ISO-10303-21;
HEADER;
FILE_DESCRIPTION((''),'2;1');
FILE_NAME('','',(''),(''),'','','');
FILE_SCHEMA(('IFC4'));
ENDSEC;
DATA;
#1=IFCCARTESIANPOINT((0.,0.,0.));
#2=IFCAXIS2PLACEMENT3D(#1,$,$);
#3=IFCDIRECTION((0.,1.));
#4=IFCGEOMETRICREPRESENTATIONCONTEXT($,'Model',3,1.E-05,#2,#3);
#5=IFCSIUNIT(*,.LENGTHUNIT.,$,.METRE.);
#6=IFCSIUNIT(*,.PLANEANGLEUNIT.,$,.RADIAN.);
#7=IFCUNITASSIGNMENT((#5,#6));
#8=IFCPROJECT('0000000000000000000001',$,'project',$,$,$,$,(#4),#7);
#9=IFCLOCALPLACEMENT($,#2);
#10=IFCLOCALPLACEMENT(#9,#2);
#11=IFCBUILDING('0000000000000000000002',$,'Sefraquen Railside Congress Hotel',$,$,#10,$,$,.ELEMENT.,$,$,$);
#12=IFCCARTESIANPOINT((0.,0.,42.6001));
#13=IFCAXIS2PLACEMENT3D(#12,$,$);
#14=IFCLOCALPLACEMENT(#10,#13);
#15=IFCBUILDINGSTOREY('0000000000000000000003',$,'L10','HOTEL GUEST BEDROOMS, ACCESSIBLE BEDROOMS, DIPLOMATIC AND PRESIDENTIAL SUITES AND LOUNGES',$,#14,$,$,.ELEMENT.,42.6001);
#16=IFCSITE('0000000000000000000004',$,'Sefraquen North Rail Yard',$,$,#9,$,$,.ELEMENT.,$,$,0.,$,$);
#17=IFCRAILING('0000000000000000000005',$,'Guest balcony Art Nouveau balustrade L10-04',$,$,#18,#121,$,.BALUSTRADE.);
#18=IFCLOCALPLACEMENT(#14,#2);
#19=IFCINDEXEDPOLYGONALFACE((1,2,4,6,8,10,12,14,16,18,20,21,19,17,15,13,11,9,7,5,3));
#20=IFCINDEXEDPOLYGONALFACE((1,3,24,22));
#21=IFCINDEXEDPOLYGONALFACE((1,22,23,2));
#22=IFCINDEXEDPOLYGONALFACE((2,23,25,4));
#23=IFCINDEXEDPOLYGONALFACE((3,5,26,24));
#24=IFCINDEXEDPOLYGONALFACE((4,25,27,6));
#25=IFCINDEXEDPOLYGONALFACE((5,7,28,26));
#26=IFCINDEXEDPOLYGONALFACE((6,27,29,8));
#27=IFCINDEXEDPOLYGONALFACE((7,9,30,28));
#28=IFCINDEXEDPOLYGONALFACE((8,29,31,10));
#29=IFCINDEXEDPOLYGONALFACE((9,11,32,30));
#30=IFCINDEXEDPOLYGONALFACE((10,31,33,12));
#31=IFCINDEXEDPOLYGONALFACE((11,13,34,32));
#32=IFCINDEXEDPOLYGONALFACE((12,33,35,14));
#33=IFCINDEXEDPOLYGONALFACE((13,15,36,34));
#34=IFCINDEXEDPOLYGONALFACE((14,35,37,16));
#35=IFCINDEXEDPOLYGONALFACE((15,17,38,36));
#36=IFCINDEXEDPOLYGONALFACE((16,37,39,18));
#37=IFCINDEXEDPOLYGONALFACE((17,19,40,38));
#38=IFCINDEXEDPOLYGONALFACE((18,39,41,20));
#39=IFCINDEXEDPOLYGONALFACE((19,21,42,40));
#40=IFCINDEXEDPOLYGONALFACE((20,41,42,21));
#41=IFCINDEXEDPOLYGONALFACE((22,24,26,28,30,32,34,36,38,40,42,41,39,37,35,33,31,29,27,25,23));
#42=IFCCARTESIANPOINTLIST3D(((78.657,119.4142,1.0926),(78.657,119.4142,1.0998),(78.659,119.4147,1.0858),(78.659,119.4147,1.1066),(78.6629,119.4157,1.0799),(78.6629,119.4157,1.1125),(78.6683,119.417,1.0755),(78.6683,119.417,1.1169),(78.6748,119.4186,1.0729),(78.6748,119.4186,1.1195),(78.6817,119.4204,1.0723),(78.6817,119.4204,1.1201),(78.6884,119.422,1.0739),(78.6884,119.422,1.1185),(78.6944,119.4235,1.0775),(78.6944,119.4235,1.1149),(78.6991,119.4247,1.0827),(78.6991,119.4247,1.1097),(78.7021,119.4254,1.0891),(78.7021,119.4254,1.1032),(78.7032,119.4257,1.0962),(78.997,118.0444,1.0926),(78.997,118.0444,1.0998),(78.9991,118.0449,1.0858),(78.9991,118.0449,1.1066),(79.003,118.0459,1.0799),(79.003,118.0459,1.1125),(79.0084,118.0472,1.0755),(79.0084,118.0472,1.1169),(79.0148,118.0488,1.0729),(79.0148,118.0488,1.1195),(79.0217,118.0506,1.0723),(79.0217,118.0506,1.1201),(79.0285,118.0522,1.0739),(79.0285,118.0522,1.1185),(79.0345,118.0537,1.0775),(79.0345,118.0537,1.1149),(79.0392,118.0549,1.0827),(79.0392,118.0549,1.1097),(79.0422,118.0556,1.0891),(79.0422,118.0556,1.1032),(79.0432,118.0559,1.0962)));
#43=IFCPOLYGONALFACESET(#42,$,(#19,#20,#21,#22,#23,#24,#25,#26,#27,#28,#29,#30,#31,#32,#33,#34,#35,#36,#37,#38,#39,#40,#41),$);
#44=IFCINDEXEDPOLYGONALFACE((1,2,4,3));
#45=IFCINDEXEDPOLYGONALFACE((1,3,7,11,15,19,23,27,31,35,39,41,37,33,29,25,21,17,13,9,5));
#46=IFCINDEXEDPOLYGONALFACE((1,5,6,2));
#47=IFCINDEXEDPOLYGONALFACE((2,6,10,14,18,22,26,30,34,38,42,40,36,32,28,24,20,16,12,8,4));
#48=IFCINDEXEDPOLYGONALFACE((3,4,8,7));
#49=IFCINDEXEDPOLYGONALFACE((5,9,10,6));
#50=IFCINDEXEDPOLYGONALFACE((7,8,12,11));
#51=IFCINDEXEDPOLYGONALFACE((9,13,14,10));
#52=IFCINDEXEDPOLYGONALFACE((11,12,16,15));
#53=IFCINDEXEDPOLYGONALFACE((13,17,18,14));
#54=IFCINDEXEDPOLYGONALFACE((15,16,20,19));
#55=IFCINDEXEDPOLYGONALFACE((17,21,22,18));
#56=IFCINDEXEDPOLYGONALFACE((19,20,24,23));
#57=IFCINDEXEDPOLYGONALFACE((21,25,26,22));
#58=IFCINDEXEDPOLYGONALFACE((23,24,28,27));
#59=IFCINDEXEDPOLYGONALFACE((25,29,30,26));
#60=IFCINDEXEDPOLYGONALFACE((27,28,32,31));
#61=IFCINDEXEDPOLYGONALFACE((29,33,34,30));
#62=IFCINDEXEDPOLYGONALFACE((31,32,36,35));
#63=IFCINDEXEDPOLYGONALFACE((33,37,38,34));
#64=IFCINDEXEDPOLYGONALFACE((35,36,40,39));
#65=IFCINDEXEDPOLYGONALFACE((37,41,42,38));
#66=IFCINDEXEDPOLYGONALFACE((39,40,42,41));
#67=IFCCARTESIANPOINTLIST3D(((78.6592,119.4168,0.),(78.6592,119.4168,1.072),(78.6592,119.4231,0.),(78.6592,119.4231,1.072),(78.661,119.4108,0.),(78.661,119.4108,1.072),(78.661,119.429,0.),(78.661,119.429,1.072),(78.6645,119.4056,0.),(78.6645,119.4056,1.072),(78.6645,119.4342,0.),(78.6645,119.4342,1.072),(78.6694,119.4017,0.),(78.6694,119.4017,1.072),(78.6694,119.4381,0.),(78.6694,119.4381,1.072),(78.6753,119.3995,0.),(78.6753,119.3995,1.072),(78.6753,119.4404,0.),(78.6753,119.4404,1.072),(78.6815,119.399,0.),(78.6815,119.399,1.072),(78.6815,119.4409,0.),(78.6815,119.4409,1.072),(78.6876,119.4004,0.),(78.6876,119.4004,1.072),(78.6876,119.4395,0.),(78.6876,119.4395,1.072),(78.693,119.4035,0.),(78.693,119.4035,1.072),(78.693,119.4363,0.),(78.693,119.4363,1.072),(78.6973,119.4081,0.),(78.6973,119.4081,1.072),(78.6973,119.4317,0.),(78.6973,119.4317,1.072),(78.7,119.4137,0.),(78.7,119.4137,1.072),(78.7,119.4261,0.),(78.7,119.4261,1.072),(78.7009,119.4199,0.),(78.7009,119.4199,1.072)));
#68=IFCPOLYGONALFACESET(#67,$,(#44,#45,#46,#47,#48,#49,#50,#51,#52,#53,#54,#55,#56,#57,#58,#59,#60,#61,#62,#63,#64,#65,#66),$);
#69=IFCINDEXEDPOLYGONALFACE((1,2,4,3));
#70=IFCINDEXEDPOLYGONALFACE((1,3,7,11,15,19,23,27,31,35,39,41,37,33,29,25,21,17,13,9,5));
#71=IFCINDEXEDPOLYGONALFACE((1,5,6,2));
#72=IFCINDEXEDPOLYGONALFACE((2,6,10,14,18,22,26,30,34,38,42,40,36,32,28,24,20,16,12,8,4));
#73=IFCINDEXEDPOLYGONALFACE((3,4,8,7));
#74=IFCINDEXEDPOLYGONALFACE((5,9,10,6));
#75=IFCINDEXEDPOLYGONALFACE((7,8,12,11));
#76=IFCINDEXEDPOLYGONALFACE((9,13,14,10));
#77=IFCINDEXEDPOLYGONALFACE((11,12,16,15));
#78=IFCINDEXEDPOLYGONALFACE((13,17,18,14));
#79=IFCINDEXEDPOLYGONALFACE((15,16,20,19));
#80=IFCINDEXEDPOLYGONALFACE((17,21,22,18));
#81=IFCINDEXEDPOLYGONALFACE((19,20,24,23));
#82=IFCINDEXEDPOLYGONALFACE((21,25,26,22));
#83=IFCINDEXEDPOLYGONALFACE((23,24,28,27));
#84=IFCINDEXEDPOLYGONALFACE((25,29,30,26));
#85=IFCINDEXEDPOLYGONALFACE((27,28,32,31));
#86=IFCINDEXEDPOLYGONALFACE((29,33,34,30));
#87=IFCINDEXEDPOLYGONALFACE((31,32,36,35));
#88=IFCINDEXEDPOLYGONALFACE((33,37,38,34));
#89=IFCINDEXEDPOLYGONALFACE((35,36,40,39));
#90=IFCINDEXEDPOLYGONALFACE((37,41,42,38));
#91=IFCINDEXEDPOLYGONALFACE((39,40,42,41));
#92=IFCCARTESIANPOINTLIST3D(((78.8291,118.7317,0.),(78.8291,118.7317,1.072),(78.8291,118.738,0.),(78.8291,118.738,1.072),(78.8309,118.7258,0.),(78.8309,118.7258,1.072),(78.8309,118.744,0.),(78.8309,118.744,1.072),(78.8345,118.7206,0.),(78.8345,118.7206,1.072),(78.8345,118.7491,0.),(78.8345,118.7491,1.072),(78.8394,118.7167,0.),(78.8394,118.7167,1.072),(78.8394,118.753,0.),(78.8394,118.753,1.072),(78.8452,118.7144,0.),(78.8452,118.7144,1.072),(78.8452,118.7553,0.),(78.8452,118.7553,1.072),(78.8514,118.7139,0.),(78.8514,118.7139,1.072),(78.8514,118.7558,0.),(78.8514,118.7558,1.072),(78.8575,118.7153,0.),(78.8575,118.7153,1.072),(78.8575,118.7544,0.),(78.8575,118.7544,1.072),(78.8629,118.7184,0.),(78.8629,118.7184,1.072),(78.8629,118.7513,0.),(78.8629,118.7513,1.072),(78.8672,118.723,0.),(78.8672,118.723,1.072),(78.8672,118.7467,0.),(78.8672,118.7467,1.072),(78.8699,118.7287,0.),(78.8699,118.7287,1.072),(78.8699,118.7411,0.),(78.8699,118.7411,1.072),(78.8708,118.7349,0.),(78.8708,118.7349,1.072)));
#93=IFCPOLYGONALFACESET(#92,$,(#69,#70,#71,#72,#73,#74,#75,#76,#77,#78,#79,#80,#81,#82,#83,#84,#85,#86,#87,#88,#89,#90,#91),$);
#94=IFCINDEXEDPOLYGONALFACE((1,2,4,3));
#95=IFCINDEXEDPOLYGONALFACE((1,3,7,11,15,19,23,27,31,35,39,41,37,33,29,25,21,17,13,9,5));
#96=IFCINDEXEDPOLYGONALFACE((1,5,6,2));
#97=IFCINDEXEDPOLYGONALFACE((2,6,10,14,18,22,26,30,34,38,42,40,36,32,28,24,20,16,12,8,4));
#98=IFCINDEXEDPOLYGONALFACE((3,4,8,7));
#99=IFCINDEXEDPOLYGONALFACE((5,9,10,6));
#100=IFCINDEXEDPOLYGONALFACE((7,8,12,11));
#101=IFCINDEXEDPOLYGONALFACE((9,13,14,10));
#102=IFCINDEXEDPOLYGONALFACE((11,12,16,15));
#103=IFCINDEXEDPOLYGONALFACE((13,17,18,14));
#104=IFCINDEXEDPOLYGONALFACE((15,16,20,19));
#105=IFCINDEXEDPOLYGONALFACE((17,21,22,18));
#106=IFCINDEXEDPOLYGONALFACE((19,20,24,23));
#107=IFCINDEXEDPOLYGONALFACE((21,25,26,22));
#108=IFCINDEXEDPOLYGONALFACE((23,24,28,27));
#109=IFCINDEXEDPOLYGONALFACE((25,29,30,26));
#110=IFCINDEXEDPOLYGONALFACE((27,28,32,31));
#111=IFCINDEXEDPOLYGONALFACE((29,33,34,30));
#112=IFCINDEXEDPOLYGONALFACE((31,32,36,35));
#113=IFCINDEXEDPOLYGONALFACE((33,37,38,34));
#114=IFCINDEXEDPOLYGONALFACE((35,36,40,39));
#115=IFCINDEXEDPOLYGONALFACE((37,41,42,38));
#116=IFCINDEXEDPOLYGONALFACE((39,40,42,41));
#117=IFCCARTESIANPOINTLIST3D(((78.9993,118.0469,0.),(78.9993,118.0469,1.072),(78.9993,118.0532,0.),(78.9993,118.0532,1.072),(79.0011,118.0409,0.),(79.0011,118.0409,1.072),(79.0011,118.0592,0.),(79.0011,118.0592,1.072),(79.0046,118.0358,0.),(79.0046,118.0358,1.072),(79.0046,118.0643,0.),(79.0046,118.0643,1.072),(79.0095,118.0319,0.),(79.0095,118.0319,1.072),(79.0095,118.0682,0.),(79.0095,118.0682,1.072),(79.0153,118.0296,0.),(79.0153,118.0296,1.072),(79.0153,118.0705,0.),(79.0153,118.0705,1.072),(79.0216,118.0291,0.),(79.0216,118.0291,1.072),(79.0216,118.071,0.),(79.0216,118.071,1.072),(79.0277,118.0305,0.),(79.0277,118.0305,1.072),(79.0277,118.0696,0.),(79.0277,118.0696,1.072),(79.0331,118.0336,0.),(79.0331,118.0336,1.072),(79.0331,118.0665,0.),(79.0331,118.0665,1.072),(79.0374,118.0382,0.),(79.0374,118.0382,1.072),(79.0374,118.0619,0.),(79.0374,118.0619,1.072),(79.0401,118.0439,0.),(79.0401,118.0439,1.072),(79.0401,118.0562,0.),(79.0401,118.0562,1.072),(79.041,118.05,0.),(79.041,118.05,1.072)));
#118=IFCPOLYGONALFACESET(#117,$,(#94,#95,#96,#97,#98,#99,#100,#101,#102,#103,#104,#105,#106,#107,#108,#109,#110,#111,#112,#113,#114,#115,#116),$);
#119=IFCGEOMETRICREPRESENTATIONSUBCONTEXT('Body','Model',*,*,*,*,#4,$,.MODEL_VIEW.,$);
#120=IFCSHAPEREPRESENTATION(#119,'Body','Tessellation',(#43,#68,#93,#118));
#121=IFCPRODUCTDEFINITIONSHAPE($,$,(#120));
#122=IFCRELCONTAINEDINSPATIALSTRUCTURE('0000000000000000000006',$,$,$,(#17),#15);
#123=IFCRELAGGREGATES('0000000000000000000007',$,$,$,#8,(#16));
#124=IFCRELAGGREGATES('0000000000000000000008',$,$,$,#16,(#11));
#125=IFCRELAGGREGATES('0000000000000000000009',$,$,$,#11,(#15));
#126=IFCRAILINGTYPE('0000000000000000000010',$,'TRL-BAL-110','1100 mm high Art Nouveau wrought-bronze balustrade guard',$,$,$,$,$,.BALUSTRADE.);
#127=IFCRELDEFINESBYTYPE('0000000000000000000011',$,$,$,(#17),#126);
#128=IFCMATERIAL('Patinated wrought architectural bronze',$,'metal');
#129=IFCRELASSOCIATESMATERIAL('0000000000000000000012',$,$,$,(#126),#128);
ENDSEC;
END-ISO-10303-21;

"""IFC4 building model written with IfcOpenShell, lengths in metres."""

from ifc_helpers import new_model, si_unit, direction, frame, origin, origin_2d, place, context, subcontext, project, spatial, circle, extrude, material, type_object, element, save


model = new_model("IFC4")

# Units and contexts
model_context = context("Model", 3, precision=1e-05, world=origin(), true_north=direction((0.0, 1.0)))
body_context = subcontext(model_context, "Body", "Model", "MODEL_VIEW")
ifc_project = project(units=[si_unit("LENGTHUNIT", "METRE"), si_unit("PLANEANGLEUNIT", "RADIAN")], contexts=[model_context])

# Site, building, storey
site_placement = place(None, origin())
site = spatial("IfcSite", under=ifc_project, at=site_placement, Name="Sefraquen North Rail Yard", CompositionType="ELEMENT", RefElevation=0.0)
building_placement = place(site_placement, origin())
building = spatial("IfcBuilding", under=site, at=building_placement, Name="Sefraquen Railside Congress Hotel", CompositionType="ELEMENT")
storey_placement = place(building_placement, frame((0.0, 0.0, 42.6001)))
storey = spatial("IfcBuildingStorey", under=building, at=storey_placement, Name="L10", Description="HOTEL GUEST BEDROOMS, ACCESSIBLE BEDROOMS, DIPLOMATIC AND PRESIDENTIAL SUITES AND LOUNGES", CompositionType="ELEMENT", Elevation=42.6001)

# Railing
ifc_material_1 = material(Name="Patinated wrought architectural bronze", Category="metal")
railing_type = type_object("IfcRailingType", Name="TRL-BAL-110", Description="1100 mm high Art Nouveau wrought-bronze balustrade guard", PredefinedType="BALUSTRADE", material=ifc_material_1)
railing_1_placement = place(storey_placement, frame((78.6799, 119.4199, 0.0)))
element("IfcRailing", 1, at=railing_1_placement, inside=storey, type_object=railing_type, Name="Guest balcony Art Nouveau balustrade L10-04", PredefinedType="BALUSTRADE", context=body_context, shape_type="SweptSolid", body=[
    extrude(circle(Radius=0.0239, at=origin_2d()), frame((0.0, 0.0, 1.0962), z_axis=(0.240948, -0.970538, 0.0), x_axis=(0.970538, 0.240948, 0.0)), (0.0, 0.0, 1.0), 1.4114),
    extrude(circle(Radius=0.021, at=origin_2d()), origin(), (0.0, 0.0, 1.0), 1.072),
    extrude(circle(Radius=0.021, at=origin_2d()), frame((0.1699, -0.6851, 0.0)), (0.0, 0.0, 1.0), 1.072),
    extrude(circle(Radius=0.021, at=origin_2d()), frame((0.3401, -1.3699, 0.0)), (0.0, 0.0, 1.0), 1.072),
])

save(model, "model.ifc")
